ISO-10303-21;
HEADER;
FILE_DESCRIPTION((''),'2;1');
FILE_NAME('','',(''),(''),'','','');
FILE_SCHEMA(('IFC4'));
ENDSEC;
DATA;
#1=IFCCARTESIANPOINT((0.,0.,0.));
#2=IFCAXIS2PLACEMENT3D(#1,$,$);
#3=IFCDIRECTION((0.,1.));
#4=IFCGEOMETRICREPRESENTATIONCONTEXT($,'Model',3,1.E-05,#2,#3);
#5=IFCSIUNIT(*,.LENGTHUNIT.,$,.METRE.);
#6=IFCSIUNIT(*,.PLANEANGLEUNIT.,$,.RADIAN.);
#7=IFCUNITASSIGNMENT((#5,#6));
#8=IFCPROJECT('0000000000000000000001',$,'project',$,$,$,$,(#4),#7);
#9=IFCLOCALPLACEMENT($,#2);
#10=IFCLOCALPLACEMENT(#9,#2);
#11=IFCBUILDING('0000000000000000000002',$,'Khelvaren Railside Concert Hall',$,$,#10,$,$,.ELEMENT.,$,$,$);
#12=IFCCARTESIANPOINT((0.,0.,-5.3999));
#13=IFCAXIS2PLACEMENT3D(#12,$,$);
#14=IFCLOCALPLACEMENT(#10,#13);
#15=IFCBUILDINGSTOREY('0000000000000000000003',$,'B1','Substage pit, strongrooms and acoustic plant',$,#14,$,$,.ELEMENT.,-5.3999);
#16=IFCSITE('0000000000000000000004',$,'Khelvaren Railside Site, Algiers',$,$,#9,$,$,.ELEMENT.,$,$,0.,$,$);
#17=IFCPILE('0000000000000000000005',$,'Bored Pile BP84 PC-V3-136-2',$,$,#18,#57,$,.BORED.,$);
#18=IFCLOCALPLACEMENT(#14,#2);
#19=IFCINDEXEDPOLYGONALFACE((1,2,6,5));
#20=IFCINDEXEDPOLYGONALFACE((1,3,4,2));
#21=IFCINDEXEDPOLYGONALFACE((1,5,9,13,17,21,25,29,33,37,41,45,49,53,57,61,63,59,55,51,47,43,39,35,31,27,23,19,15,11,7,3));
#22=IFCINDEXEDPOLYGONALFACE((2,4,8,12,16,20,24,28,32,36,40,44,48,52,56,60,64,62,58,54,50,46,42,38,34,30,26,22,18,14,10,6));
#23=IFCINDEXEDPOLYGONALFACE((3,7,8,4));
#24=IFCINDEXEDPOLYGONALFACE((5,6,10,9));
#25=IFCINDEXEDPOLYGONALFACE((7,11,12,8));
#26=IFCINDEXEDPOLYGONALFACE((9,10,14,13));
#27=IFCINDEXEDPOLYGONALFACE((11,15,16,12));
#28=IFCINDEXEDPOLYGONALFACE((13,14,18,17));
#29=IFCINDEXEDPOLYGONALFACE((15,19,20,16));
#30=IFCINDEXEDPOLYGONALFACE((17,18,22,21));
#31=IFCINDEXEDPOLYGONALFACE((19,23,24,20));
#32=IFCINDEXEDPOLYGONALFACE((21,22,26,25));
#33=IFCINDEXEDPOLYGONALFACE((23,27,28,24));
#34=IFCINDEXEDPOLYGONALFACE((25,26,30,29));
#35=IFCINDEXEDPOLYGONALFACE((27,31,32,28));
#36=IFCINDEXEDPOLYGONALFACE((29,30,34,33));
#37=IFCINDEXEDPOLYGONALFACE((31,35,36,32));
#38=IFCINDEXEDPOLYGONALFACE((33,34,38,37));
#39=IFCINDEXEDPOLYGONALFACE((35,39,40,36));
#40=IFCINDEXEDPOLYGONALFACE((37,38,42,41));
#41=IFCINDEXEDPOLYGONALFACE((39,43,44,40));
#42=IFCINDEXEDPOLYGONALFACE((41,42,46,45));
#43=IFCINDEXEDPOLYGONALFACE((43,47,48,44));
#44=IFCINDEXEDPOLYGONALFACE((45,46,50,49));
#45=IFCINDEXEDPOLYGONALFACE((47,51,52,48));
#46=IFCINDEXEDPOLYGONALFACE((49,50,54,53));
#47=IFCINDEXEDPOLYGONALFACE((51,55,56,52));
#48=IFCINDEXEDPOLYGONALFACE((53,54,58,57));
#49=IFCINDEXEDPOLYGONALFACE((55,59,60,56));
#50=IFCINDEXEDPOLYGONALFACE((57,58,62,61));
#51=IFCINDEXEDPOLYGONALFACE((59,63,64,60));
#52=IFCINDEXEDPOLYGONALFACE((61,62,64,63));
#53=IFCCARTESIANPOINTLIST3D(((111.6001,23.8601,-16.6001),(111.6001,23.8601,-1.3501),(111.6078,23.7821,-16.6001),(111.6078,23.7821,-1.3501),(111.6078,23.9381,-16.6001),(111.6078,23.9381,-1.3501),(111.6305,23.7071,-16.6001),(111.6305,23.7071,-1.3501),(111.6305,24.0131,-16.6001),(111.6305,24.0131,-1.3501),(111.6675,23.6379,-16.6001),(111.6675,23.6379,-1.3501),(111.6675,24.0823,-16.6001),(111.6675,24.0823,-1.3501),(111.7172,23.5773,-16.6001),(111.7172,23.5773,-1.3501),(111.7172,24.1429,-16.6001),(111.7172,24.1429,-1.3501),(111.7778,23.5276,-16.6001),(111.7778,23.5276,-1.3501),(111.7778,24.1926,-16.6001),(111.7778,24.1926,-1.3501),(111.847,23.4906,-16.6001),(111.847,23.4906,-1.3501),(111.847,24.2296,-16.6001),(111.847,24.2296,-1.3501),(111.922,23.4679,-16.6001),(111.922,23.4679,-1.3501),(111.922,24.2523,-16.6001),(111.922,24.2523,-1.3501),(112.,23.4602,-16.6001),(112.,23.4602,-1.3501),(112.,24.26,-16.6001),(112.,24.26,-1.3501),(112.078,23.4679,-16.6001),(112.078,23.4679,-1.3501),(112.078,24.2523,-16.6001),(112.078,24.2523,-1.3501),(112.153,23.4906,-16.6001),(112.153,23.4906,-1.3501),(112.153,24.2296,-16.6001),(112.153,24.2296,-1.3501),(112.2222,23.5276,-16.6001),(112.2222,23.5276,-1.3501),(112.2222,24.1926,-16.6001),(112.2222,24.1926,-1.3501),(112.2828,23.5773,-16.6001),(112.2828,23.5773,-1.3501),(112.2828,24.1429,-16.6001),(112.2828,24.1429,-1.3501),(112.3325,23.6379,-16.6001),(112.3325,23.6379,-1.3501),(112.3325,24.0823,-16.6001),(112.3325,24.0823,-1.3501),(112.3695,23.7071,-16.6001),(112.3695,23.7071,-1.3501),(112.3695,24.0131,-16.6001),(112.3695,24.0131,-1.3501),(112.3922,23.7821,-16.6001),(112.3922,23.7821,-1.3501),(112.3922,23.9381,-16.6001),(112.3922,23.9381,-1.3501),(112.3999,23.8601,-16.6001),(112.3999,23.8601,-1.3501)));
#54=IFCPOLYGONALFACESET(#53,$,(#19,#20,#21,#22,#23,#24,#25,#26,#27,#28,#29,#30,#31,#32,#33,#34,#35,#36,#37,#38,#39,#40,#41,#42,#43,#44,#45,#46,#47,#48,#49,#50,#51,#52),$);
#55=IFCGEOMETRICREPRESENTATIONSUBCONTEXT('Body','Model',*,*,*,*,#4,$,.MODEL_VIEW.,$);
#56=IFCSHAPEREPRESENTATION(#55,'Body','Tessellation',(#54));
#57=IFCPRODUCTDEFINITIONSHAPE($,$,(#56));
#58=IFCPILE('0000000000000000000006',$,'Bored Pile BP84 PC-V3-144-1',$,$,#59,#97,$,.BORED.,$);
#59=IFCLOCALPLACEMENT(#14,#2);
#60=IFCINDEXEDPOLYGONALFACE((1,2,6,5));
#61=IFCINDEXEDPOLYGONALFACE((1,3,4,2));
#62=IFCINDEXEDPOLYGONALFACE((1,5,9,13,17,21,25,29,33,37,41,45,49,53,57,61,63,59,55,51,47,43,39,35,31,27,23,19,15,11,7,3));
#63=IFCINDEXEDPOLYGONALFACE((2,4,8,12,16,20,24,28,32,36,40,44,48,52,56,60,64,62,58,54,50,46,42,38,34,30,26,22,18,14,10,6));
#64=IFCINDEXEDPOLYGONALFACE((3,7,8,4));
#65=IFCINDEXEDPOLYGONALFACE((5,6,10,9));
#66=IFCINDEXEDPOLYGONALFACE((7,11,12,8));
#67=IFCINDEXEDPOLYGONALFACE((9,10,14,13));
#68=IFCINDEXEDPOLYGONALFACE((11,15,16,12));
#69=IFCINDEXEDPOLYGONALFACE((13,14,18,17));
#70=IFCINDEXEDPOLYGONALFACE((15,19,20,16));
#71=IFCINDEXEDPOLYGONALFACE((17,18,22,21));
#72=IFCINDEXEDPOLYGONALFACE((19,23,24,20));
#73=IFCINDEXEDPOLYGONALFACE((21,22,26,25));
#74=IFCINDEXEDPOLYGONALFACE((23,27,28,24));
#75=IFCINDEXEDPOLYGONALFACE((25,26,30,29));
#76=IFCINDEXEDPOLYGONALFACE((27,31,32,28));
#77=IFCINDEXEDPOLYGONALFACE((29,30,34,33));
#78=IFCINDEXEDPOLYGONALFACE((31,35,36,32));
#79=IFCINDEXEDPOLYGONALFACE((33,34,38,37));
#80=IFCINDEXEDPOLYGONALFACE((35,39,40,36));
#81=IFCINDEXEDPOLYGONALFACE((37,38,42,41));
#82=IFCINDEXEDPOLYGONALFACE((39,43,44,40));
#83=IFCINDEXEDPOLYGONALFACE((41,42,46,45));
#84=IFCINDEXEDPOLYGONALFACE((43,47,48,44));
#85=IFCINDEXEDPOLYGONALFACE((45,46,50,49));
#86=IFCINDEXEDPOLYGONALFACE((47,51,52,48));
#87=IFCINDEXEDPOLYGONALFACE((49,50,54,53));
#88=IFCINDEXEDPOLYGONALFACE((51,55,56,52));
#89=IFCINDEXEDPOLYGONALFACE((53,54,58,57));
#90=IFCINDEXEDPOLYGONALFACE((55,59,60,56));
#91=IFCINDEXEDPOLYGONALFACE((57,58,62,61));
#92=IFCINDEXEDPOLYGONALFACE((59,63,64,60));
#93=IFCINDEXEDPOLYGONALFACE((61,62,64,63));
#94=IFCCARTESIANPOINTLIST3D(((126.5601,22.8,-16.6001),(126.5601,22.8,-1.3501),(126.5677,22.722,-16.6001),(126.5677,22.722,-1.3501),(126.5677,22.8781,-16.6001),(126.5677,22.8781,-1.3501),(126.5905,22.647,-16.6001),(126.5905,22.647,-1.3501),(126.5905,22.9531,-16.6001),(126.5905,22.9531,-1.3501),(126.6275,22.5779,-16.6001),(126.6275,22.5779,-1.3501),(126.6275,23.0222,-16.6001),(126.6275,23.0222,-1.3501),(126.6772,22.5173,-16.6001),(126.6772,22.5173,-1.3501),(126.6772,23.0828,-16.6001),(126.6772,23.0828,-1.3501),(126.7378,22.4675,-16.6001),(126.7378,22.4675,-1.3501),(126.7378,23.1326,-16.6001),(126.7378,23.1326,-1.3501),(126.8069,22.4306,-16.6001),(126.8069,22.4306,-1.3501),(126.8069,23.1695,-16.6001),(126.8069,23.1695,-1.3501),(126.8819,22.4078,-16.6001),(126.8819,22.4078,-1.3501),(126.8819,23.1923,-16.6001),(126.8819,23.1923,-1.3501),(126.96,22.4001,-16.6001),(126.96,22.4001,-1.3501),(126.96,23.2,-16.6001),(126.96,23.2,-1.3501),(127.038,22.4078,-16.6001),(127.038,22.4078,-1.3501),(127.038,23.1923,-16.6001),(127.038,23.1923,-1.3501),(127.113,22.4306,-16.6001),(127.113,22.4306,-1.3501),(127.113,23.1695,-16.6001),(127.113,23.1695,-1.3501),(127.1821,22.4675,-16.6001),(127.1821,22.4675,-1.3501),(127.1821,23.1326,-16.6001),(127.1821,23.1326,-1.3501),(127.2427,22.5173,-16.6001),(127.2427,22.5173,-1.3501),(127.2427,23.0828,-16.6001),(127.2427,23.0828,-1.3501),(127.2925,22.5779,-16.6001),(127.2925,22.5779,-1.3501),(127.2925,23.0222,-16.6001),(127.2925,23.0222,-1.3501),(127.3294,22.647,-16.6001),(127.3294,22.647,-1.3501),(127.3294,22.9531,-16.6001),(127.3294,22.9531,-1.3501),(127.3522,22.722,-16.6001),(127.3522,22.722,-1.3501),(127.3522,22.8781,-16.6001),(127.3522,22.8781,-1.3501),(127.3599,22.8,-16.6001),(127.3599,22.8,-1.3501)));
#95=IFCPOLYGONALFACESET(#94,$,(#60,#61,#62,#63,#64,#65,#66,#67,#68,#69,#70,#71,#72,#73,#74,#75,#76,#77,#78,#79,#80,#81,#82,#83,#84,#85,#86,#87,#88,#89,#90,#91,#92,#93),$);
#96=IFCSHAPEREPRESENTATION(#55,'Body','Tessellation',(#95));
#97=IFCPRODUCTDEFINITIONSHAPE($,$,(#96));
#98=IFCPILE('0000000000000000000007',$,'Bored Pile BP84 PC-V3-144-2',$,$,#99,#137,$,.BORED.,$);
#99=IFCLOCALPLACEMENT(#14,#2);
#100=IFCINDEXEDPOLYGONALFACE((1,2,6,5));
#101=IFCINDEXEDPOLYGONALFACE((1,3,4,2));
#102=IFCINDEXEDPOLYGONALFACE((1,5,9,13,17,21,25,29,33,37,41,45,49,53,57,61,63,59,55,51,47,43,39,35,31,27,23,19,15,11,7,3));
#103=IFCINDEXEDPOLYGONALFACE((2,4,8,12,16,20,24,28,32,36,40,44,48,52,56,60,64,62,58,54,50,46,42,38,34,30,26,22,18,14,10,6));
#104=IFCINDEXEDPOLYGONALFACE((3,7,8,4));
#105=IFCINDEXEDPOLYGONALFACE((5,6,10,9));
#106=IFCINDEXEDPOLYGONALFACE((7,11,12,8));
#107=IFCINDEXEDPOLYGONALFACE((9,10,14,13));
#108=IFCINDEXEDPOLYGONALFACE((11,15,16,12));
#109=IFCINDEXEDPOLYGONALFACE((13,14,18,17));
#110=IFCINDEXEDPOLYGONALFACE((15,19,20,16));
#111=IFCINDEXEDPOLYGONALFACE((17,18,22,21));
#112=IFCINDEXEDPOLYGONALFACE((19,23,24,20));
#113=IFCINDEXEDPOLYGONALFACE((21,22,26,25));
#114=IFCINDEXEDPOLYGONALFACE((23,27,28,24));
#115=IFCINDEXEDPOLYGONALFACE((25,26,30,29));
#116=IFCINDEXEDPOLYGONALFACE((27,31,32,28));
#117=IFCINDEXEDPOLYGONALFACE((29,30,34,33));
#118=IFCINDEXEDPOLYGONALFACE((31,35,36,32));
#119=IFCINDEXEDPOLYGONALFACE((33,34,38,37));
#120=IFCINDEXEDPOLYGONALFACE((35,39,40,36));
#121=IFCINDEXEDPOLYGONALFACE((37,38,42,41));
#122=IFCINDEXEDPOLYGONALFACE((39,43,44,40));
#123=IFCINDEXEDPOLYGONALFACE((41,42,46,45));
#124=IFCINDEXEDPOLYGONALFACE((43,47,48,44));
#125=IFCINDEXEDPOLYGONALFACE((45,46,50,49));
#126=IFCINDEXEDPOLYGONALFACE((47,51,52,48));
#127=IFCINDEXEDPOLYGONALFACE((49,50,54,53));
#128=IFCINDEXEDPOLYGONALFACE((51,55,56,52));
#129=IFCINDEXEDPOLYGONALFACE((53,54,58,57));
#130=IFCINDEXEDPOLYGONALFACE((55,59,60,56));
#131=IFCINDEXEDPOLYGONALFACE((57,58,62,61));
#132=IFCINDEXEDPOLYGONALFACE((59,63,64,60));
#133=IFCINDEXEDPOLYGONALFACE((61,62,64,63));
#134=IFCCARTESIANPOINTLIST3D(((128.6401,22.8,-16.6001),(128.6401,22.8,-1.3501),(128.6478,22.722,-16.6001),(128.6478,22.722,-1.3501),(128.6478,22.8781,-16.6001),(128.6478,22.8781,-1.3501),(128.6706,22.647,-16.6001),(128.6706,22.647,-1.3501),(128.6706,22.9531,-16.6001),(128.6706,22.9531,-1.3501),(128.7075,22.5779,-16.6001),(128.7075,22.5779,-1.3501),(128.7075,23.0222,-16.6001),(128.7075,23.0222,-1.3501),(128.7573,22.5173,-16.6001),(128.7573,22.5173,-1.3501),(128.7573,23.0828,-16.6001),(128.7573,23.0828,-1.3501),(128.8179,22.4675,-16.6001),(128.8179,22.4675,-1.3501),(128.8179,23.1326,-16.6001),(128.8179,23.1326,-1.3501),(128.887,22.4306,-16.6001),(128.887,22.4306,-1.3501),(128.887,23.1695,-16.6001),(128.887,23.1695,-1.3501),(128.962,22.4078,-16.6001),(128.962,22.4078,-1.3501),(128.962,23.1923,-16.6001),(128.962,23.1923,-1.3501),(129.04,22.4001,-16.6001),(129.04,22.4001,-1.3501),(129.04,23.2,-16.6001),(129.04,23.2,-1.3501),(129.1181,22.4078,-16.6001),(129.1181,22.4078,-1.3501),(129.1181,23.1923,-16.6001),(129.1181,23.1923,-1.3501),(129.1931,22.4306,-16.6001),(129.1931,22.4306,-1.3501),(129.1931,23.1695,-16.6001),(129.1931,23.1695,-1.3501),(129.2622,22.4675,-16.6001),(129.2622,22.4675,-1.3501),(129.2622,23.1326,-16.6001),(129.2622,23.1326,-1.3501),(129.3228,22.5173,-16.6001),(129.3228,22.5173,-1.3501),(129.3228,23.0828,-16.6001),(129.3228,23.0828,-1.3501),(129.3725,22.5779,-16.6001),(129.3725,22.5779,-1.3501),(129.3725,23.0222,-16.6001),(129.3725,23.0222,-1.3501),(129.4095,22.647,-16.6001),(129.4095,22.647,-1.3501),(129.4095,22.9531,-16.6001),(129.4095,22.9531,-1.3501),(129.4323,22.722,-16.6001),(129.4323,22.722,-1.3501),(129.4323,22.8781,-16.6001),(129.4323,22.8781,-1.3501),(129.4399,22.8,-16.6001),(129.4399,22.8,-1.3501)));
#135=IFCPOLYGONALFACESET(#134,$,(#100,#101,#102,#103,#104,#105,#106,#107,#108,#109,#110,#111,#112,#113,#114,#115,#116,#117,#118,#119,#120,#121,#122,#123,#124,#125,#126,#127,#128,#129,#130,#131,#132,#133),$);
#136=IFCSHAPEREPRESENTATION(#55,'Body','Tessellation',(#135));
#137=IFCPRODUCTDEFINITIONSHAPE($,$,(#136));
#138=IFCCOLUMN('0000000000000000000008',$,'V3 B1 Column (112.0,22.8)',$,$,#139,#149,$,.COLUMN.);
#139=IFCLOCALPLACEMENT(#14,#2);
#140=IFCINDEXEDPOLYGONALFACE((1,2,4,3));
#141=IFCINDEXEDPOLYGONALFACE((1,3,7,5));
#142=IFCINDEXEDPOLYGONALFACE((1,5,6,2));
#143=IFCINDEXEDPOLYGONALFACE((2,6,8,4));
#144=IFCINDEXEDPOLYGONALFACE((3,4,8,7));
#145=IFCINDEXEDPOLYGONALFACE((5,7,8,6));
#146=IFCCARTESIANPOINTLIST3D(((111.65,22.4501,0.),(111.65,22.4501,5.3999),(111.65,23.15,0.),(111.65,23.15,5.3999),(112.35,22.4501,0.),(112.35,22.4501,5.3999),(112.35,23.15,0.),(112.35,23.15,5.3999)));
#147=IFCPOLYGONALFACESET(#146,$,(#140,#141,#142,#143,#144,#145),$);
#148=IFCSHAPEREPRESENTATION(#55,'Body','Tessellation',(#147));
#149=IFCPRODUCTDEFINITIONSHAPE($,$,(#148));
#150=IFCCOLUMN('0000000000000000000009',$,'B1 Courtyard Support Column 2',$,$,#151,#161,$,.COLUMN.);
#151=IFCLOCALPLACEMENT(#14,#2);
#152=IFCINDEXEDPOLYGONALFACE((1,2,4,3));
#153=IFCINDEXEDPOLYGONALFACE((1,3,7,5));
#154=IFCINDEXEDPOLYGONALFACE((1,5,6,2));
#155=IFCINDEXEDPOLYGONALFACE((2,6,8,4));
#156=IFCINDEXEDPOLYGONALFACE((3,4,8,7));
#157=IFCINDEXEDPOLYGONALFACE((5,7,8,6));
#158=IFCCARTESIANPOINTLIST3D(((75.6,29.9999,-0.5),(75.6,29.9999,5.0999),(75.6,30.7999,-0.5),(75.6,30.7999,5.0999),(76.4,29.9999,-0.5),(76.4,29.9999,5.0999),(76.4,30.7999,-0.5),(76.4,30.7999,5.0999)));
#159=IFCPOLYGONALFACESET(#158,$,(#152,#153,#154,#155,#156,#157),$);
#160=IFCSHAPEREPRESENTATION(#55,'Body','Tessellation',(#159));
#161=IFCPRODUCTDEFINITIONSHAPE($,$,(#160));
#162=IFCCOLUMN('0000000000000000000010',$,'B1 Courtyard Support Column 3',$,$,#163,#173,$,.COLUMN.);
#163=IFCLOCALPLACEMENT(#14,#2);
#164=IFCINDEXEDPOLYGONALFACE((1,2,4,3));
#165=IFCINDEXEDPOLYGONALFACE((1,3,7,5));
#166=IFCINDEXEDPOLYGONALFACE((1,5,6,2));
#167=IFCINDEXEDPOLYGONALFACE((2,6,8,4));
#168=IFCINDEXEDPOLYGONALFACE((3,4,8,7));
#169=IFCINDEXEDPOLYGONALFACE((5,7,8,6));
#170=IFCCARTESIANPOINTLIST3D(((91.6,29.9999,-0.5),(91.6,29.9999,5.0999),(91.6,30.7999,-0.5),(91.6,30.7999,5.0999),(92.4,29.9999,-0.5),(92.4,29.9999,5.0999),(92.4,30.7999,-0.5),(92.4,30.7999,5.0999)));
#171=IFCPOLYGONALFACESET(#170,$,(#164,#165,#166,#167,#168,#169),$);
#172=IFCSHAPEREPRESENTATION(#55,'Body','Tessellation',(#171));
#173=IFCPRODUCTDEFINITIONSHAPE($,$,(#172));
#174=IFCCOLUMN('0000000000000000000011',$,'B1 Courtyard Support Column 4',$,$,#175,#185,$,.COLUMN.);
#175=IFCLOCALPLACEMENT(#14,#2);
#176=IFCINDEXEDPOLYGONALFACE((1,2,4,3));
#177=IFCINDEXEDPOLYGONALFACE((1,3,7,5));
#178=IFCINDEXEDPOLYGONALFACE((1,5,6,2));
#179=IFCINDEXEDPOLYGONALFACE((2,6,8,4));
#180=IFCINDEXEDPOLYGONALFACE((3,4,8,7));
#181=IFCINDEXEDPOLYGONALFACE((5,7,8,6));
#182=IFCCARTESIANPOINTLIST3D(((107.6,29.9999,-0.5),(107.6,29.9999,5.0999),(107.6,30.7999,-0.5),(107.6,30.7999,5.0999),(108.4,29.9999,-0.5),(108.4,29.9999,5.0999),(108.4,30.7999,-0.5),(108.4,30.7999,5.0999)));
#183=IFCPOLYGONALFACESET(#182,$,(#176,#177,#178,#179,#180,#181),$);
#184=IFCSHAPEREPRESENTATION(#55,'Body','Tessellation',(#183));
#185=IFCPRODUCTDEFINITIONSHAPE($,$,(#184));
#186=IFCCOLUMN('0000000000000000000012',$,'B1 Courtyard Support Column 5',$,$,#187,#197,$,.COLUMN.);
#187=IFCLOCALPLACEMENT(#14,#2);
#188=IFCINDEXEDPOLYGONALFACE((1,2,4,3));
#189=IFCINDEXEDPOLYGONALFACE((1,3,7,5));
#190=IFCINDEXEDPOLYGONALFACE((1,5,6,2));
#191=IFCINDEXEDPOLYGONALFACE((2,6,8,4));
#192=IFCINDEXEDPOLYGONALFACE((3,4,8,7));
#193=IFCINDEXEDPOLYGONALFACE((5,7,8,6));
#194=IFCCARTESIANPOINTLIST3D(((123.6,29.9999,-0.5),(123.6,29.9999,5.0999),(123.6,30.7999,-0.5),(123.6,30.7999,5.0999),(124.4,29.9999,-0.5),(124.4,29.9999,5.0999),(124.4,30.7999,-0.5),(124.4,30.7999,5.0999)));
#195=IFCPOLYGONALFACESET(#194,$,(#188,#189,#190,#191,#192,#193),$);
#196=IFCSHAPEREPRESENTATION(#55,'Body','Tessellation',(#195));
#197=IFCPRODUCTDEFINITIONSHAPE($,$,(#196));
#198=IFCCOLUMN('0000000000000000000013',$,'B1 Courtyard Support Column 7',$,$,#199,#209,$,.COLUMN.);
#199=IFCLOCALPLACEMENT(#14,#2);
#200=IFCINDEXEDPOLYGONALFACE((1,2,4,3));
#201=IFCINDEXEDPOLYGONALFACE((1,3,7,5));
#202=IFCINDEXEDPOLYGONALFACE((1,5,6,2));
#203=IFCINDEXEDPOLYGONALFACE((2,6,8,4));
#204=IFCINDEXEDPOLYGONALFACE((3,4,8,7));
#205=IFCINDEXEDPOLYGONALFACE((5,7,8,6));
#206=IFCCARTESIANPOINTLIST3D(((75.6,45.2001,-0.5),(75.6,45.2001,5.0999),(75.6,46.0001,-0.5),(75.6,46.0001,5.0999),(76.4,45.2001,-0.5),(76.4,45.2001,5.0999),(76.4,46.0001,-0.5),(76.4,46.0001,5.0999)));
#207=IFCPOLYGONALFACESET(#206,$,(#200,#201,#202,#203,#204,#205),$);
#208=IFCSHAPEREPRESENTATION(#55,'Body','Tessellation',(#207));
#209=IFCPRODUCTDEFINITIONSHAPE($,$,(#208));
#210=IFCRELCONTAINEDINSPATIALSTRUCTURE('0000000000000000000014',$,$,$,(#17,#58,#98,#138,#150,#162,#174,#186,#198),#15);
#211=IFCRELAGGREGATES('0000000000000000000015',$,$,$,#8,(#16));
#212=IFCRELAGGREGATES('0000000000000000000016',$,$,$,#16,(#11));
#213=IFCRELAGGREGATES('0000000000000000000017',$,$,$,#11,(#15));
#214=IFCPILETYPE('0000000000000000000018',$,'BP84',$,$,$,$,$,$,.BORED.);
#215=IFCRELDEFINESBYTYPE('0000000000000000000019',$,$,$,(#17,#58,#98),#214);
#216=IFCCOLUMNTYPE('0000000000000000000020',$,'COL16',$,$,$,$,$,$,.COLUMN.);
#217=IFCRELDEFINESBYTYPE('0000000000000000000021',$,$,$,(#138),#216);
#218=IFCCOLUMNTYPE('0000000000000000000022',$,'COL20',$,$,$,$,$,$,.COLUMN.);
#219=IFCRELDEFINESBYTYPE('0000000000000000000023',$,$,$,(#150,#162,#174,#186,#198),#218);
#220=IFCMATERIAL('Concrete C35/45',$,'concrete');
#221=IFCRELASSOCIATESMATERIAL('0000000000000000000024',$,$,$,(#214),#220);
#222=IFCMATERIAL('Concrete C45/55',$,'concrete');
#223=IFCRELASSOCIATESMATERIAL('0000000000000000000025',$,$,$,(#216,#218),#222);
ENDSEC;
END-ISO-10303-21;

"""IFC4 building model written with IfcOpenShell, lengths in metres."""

from ifc_helpers import new_model, si_unit, direction, frame, origin, origin_2d, place, context, subcontext, project, spatial, rectangle, circle, extrude, material, material_profile, profile_set, type_object, element, save


model = new_model("IFC4")

# Units and contexts
model_context = context("Model", 3, precision=1e-05, world=origin(), true_north=direction((0.0, 1.0)))
body_context = subcontext(model_context, "Body", "Model", "MODEL_VIEW")
ifc_project = project(units=[si_unit("LENGTHUNIT", "METRE"), si_unit("PLANEANGLEUNIT", "RADIAN")], contexts=[model_context])

# Site, building, storey
site_placement = place(None, origin())
site = spatial("IfcSite", under=ifc_project, at=site_placement, Name="Khelvaren Railside Site, Algiers", CompositionType="ELEMENT", RefElevation=0.0)
building_placement = place(site_placement, origin())
building = spatial("IfcBuilding", under=site, at=building_placement, Name="Khelvaren Railside Concert Hall", CompositionType="ELEMENT")
storey_placement = place(building_placement, frame((0.0, 0.0, -5.3999)))
storey = spatial("IfcBuildingStorey", under=building, at=storey_placement, Name="B1", Description="Substage pit, strongrooms and acoustic plant", CompositionType="ELEMENT", Elevation=-5.3999)

# Piles
ifc_material_1 = material(Name="Concrete C35/45", Category="concrete")
ifc_material_profile_1 = material_profile(ifc_material_1, circle(Radius=0.3999, at=origin_2d()), Name="BP D800")
ifc_profile_set_1 = profile_set([ifc_material_profile_1], Name="Concrete C35/45")
pile_type_1 = type_object("IfcPileType", Name="BP84", PredefinedType="BORED", material=ifc_profile_set_1)
for number, where, z_axis, x_axis, name in (
    (1, (112.0, 23.8601, -1.3501), (0.0, 0.0, -1.0), (1.0, 0.0, 0.0), "Bored Pile BP84 PC-V3-136-2"),
    (2, (126.96, 22.8, -1.3501), (0.0, 0.0, -1.0), (1.0, 0.0, 0.0), "Bored Pile BP84 PC-V3-144-1"),
    (3, (129.04, 22.8, -1.3501), (0.0, 0.0, -1.0), (1.0, 0.0, 0.0), "Bored Pile BP84 PC-V3-144-2"),
):
    element("IfcPile", number, at=place(storey_placement, frame(where, z_axis=z_axis, x_axis=x_axis)), inside=storey, type_object=pile_type_1, Name=name, PredefinedType="BORED", context=body_context, shape_type="SweptSolid", body=[
        extrude(circle(Radius=0.3999, at=origin_2d()), origin(), (0.0, 0.0, 1.0), 15.25),
    ])

# Columns
ifc_material_2 = material(Name="Concrete C45/55", Category="concrete")
ifc_material_profile_2 = material_profile(ifc_material_2, rectangle(XDim=0.7, YDim=0.7, at=origin_2d()), Name="RC 700x700")
ifc_profile_set_2 = profile_set([ifc_material_profile_2], Name="Concrete C45/55")
column_type_1 = type_object("IfcColumnType", Name="COL16", PredefinedType="COLUMN", material=ifc_profile_set_2)
column_1_placement = place(storey_placement, frame((112.0, 22.8, 0.0), z_axis=(0.0, 0.0, 1.0), x_axis=(1.0, 0.0, 0.0)))
element("IfcColumn", 4, at=column_1_placement, inside=storey, type_object=column_type_1, Name="V3 B1 Column (112.0,22.8)", PredefinedType="COLUMN", context=body_context, shape_type="SweptSolid", body=[
    extrude(rectangle(XDim=0.7, YDim=0.7, at=origin_2d()), origin(), (0.0, 0.0, 1.0), 5.3999),
])
ifc_material_profile_3 = material_profile(ifc_material_2, rectangle(XDim=0.8, YDim=0.8, at=origin_2d()), Name="RC 800x800")
ifc_profile_set_3 = profile_set([ifc_material_profile_3], Name="Concrete C45/55")
column_type_2 = type_object("IfcColumnType", Name="COL20", PredefinedType="COLUMN", material=ifc_profile_set_3)
for number, where, z_axis, x_axis, name in (
    (5, (76.0, 30.3999, -0.5), (0.0, 0.0, 1.0), (1.0, 0.0, 0.0), "B1 Courtyard Support Column 2"),
    (6, (92.0, 30.3999, -0.5), (0.0, 0.0, 1.0), (1.0, 0.0, 0.0), "B1 Courtyard Support Column 3"),
    (7, (108.0, 30.3999, -0.5), (0.0, 0.0, 1.0), (1.0, 0.0, 0.0), "B1 Courtyard Support Column 4"),
    (8, (124.0, 30.3999, -0.5), (0.0, 0.0, 1.0), (1.0, 0.0, 0.0), "B1 Courtyard Support Column 5"),
    (9, (76.0, 45.6001, -0.5), (0.0, 0.0, 1.0), (1.0, 0.0, 0.0), "B1 Courtyard Support Column 7"),
):
    element("IfcColumn", number, at=place(storey_placement, frame(where, z_axis=z_axis, x_axis=x_axis)), inside=storey, type_object=column_type_2, Name=name, PredefinedType="COLUMN", context=body_context, shape_type="SweptSolid", body=[
        extrude(rectangle(XDim=0.8, YDim=0.8, at=origin_2d()), origin(), (0.0, 0.0, 1.0), 5.5999),
    ])

save(model, "model.ifc")
